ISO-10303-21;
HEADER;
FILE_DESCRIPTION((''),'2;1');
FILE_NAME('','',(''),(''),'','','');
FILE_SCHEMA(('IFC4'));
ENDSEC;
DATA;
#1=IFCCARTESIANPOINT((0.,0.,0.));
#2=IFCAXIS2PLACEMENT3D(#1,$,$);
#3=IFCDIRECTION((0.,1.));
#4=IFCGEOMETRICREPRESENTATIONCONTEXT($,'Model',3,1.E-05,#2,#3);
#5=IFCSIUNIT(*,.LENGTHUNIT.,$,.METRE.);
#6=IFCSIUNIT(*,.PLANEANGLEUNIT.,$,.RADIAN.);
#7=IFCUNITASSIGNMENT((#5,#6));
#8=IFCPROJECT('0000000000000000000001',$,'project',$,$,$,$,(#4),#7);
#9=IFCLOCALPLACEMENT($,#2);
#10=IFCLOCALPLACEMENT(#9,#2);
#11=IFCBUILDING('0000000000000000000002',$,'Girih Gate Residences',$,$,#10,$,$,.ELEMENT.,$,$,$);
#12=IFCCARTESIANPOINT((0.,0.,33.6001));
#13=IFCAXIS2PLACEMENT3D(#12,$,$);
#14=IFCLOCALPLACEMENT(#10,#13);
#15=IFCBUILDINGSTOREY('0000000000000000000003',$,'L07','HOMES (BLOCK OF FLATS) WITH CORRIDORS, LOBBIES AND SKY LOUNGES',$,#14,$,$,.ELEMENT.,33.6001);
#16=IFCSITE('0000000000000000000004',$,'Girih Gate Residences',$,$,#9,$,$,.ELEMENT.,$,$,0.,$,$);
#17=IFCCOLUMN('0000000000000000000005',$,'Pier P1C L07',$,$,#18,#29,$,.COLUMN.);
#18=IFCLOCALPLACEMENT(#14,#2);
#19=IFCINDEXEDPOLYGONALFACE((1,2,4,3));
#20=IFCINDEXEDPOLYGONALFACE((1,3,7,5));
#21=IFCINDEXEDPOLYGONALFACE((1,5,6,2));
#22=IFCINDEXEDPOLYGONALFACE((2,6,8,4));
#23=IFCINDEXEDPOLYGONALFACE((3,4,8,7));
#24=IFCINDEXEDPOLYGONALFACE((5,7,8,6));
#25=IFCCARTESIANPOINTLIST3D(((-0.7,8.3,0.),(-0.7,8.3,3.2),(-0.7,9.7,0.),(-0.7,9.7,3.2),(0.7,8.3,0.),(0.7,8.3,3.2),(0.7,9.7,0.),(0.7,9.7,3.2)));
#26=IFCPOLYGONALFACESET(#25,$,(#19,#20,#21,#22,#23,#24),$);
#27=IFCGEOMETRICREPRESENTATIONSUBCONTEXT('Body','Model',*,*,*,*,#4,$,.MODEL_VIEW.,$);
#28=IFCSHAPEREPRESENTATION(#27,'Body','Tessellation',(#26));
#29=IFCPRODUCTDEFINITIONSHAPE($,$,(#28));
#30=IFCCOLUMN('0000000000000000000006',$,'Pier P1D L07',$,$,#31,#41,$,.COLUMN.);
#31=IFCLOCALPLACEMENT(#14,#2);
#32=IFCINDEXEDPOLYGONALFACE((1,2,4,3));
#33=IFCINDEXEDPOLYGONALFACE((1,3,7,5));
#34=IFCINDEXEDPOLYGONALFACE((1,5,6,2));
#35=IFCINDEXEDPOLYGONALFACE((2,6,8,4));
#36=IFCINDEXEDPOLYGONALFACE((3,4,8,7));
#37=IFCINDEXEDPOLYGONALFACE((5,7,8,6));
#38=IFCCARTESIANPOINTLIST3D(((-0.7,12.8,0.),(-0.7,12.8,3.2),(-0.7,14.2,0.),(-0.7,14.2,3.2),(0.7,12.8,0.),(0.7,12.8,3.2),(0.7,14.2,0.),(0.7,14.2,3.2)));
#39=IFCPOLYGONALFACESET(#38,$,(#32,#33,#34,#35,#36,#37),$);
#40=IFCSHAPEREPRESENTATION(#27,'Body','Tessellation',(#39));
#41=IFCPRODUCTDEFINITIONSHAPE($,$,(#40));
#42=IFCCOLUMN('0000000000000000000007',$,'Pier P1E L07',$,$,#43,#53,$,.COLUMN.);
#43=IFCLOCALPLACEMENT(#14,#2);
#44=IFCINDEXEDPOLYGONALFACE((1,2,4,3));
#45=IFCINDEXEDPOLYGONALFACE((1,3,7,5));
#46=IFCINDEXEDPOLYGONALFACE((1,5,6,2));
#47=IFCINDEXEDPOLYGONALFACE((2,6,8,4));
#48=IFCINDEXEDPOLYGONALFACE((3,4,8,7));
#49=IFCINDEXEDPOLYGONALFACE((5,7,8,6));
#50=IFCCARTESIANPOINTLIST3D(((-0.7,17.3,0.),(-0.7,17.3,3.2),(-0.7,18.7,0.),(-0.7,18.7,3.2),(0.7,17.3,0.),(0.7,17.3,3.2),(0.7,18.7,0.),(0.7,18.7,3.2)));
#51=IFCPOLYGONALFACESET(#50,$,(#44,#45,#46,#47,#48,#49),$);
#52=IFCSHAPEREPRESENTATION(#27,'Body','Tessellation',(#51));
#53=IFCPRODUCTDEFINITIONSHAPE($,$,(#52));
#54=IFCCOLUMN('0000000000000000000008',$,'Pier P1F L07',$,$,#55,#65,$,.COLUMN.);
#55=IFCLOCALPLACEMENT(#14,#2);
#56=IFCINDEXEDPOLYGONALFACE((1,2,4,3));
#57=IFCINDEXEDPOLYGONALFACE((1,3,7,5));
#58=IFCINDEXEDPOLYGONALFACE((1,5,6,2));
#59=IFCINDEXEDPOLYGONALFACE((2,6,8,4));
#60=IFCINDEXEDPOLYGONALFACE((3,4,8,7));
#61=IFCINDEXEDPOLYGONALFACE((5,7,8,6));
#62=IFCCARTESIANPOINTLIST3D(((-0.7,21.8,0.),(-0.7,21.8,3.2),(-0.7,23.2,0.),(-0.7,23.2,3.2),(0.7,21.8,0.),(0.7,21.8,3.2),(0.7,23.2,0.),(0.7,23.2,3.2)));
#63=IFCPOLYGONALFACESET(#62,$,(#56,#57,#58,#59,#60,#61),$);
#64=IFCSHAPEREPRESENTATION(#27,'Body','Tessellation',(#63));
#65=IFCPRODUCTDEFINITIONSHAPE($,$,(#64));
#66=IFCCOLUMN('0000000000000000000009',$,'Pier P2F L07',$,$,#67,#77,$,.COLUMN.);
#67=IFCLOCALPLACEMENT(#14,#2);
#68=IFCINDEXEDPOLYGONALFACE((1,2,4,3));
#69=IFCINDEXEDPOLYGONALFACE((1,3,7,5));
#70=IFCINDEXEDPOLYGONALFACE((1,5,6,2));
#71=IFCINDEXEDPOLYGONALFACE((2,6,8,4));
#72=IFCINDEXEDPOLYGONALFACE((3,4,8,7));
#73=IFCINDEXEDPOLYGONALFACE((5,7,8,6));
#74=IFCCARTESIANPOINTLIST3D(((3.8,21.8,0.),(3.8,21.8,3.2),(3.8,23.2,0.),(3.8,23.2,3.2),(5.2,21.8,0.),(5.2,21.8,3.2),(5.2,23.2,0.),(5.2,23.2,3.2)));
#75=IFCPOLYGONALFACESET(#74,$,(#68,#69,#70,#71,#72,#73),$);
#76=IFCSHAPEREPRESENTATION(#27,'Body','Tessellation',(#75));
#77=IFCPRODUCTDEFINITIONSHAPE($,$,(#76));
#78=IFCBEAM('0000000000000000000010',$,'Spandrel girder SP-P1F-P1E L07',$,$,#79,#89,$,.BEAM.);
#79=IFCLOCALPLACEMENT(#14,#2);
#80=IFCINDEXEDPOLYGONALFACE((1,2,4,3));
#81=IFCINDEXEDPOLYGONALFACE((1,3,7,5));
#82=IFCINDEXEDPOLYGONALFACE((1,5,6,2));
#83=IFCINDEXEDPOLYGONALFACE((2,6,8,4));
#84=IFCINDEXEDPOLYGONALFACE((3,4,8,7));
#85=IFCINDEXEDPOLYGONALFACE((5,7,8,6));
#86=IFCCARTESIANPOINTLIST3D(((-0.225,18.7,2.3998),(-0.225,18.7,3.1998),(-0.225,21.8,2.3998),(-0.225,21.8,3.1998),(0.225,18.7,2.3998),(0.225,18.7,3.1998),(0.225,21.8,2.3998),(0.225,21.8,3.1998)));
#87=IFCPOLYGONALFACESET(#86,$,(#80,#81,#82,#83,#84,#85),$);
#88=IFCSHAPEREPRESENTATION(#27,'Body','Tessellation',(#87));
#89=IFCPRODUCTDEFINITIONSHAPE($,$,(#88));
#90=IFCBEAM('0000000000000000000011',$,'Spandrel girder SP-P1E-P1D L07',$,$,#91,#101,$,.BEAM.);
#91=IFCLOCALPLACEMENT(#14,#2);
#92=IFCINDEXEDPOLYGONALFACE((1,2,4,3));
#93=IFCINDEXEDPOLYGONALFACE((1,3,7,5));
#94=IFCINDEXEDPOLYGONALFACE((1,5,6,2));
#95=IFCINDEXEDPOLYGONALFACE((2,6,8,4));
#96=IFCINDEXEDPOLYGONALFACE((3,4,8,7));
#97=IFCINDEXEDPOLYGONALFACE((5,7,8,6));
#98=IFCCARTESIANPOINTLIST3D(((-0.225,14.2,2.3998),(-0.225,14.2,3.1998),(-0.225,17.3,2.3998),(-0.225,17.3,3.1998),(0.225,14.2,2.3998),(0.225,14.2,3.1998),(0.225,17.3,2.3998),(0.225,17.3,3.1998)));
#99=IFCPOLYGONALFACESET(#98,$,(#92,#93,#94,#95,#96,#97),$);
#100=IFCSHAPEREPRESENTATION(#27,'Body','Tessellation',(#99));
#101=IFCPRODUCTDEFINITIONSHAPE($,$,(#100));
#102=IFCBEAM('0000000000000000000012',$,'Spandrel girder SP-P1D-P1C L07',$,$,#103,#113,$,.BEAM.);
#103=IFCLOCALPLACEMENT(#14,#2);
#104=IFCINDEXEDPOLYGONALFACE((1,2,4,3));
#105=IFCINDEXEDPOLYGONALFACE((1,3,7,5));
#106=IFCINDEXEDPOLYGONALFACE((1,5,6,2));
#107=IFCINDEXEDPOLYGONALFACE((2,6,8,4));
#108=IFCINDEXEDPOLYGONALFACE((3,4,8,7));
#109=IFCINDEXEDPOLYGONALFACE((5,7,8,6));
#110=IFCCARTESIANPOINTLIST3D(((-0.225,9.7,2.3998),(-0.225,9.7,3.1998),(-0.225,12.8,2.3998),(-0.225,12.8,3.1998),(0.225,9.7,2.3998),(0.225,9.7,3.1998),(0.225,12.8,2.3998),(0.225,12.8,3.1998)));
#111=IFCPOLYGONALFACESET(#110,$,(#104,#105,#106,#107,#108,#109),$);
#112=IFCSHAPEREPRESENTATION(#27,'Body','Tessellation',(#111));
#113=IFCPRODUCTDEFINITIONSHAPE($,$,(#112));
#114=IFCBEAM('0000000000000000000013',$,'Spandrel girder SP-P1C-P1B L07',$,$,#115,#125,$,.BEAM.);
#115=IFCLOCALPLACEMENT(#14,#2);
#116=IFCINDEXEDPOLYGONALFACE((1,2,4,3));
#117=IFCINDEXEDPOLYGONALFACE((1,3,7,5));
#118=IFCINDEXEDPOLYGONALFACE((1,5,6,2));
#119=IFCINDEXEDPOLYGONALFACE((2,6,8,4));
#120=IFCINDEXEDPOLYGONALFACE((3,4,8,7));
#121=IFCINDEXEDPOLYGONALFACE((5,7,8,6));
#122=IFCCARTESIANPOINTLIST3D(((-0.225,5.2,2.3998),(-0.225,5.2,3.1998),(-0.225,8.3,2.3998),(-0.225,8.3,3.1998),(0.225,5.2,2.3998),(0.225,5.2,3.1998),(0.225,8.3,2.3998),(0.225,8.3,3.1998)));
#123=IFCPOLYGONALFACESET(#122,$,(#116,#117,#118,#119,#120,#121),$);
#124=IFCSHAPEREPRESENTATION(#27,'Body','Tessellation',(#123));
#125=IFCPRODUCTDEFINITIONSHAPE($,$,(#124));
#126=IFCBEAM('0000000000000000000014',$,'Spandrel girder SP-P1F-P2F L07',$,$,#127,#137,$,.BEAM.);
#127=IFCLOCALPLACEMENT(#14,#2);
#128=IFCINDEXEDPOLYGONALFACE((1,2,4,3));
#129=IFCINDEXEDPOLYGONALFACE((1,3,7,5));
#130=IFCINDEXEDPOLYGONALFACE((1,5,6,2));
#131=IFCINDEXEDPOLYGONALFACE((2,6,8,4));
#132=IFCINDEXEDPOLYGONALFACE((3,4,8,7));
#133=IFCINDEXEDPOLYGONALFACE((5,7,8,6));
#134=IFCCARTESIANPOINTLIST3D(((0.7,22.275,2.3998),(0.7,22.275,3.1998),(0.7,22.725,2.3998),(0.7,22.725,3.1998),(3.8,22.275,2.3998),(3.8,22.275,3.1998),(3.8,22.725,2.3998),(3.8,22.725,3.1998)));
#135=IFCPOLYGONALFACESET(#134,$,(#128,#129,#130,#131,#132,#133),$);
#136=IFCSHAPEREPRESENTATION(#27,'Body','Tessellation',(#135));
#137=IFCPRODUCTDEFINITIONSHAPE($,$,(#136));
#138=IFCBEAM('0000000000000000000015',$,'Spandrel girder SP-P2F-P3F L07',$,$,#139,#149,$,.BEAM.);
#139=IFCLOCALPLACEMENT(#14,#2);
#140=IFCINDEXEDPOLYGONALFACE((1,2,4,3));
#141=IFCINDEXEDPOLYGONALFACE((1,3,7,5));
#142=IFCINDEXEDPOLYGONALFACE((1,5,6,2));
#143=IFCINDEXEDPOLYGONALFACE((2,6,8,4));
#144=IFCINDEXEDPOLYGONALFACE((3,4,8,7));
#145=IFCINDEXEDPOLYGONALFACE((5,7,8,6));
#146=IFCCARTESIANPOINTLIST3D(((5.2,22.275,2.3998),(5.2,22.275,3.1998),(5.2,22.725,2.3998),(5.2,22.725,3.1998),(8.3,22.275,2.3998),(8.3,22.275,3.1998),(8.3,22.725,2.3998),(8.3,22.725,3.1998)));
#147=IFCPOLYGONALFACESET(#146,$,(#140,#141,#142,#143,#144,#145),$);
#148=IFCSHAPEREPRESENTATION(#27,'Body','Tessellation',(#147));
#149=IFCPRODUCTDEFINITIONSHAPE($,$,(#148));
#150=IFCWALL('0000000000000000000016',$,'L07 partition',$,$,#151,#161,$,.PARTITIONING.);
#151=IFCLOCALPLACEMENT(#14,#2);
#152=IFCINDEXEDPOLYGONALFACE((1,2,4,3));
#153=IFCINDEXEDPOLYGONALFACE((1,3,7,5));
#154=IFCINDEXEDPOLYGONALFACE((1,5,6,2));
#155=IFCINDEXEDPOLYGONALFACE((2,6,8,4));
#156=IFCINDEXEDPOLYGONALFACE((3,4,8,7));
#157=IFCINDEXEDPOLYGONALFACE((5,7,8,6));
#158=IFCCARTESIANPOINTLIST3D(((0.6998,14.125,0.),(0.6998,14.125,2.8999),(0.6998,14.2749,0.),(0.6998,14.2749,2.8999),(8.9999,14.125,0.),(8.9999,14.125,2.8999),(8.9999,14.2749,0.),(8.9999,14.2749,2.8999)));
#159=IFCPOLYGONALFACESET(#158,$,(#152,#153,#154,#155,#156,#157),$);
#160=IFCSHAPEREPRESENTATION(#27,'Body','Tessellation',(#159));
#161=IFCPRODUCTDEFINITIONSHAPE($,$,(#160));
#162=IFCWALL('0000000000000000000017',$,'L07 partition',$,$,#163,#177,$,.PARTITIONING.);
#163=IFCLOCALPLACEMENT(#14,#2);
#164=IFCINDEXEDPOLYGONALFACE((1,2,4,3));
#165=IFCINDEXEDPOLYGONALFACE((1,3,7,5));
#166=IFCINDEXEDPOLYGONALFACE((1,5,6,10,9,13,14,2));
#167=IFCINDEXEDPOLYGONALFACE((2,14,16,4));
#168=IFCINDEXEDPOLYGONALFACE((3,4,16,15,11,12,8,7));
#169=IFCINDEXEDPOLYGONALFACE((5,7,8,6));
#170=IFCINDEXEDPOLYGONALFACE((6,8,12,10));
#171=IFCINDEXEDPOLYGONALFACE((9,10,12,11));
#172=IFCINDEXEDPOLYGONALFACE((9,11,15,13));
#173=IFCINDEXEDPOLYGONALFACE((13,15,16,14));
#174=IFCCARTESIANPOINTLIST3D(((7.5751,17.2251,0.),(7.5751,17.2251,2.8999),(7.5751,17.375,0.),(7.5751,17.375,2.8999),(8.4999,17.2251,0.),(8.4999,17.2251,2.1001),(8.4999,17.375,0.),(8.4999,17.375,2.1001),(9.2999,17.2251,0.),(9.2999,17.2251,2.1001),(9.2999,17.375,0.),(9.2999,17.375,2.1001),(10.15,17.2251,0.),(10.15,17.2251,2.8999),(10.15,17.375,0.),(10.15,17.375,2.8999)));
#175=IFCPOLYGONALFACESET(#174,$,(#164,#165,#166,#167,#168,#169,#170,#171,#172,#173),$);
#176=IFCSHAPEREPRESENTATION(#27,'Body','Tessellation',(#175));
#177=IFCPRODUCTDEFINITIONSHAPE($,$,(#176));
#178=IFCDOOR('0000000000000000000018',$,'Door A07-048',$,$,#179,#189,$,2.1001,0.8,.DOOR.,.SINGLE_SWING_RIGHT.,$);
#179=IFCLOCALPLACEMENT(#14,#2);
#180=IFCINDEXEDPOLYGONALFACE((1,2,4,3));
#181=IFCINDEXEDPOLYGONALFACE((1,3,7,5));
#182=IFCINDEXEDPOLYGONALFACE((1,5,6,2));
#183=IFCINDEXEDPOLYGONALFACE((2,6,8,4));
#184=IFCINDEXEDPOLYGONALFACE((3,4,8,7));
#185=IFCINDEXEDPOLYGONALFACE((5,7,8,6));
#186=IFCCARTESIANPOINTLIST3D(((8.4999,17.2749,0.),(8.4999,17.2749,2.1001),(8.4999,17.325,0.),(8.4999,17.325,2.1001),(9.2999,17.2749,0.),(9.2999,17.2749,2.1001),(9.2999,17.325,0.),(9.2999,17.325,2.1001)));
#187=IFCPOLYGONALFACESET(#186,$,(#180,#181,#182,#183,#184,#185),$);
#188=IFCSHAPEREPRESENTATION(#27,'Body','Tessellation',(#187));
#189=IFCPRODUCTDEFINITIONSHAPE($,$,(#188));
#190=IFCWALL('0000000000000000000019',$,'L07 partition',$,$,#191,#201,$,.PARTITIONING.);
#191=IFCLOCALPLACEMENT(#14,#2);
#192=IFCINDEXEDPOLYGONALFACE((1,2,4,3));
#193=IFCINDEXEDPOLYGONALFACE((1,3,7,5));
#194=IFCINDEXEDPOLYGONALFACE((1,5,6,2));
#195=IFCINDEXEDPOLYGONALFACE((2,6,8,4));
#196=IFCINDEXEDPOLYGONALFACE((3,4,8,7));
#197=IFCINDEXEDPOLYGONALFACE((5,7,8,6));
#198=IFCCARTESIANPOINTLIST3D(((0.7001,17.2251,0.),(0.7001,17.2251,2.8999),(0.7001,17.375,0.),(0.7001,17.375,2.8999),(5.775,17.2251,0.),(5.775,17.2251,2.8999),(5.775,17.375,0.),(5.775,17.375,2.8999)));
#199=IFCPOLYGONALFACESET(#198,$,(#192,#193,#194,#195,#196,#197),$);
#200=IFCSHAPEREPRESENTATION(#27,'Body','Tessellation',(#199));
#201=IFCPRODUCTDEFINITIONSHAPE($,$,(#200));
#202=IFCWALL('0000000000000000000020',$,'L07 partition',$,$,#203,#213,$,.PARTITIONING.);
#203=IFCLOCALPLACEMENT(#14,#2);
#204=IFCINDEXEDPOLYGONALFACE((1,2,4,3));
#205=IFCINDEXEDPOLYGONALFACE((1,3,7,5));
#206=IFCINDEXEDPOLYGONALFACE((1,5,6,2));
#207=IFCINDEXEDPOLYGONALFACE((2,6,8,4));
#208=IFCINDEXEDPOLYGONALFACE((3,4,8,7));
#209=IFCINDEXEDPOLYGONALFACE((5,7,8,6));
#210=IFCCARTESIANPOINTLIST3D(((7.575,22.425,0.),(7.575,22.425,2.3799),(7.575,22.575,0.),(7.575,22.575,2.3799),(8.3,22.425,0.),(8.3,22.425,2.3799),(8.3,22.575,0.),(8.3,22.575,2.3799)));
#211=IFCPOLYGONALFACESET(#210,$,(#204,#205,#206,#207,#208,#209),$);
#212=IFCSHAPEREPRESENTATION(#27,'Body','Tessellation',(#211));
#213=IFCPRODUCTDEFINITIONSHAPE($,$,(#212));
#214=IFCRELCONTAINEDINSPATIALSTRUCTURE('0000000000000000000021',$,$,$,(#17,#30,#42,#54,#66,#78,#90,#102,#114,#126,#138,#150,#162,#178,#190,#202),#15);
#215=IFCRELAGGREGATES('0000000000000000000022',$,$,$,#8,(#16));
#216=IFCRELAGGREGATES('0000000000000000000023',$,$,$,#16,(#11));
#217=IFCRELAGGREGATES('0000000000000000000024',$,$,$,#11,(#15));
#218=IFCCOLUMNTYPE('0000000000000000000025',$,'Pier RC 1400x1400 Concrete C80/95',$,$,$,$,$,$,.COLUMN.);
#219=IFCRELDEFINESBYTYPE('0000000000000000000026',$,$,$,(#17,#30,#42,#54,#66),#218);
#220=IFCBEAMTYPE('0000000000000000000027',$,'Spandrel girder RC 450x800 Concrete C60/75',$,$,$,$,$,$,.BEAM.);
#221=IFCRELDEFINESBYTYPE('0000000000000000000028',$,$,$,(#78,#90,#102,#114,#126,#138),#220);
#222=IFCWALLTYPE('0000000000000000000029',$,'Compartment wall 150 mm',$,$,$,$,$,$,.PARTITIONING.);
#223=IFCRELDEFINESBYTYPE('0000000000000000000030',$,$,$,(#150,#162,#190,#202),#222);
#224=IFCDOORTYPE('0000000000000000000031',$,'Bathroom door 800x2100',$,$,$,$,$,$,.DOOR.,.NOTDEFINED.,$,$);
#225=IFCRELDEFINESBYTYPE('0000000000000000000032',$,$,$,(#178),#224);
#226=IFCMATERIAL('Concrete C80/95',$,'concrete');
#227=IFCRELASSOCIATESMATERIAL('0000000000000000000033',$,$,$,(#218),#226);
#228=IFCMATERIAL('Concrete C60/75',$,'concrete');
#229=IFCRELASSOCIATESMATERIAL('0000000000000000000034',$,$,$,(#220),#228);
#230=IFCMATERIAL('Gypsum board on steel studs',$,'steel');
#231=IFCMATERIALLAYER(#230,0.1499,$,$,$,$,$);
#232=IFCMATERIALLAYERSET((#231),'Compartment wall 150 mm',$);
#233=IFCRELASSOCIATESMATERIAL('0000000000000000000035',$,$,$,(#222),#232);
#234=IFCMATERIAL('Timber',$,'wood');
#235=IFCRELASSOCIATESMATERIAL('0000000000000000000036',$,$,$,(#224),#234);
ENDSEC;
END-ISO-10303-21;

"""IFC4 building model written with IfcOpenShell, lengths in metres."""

from ifc_helpers import new_model, si_unit, direction, frame, frame_2d, origin, origin_2d, place, context, subcontext, project, spatial, rectangle, extrude, material, layer, layer_set, material_profile, profile_set, type_object, element, fill, save


model = new_model("IFC4")

# Units and contexts
model_context = context("Model", 3, precision=1e-05, world=origin(), true_north=direction((0.0, 1.0)))
body_context = subcontext(model_context, "Body", "Model", "MODEL_VIEW")
ifc_project = project(units=[si_unit("LENGTHUNIT", "METRE"), si_unit("PLANEANGLEUNIT", "RADIAN")], contexts=[model_context])

# Site, building, storey
site_placement = place(None, origin())
site = spatial("IfcSite", under=ifc_project, at=site_placement, Name="Girih Gate Residences", CompositionType="ELEMENT", RefElevation=0.0)
building_placement = place(site_placement, origin())
building = spatial("IfcBuilding", under=site, at=building_placement, Name="Girih Gate Residences", CompositionType="ELEMENT")
storey_placement = place(building_placement, frame((0.0, 0.0, 33.6001)))
storey = spatial("IfcBuildingStorey", under=building, at=storey_placement, Name="L07", Description="HOMES (BLOCK OF FLATS) WITH CORRIDORS, LOBBIES AND SKY LOUNGES", CompositionType="ELEMENT", Elevation=33.6001)

# Columns
ifc_material_1 = material(Name="Concrete C80/95", Category="concrete")
ifc_material_profile_1 = material_profile(ifc_material_1, rectangle(XDim=1.3999, YDim=1.3999, at=origin_2d()))
ifc_profile_set_1 = profile_set([ifc_material_profile_1], Name="Concrete C80/95")
column_type = type_object("IfcColumnType", Name="Pier RC 1400x1400 Concrete C80/95", PredefinedType="COLUMN", material=ifc_profile_set_1)
for number, where, z_axis, x_axis, name in (
    (1, (0.0, 9.0, 0.0), (0.0, 0.0, 1.0), (1.0, 0.0, 0.0), "Pier P1C L07"),
    (2, (0.0, 13.5, 0.0), (0.0, 0.0, 1.0), (1.0, 0.0, 0.0), "Pier P1D L07"),
    (3, (0.0, 18.0, 0.0), (0.0, 0.0, 1.0), (1.0, 0.0, 0.0), "Pier P1E L07"),
    (4, (0.0, 22.5, 0.0), (0.0, 0.0, 1.0), (1.0, 0.0, 0.0), "Pier P1F L07"),
    (5, (4.5, 22.5, 0.0), (0.0, 0.0, 1.0), (1.0, 0.0, 0.0), "Pier P2F L07"),
):
    element("IfcColumn", number, at=place(storey_placement, frame(where, z_axis=z_axis, x_axis=x_axis)), inside=storey, type_object=column_type, Name=name, PredefinedType="COLUMN", context=body_context, shape_type="SweptSolid", body=[
        extrude(rectangle(XDim=1.3999, YDim=1.3999, at=origin_2d()), origin(), (0.0, 0.0, 1.0), 3.2),
    ])

# Beams
ifc_material_2 = material(Name="Concrete C60/75", Category="concrete")
ifc_material_profile_2 = material_profile(ifc_material_2, rectangle(XDim=0.45, YDim=0.8, at=origin_2d()))
ifc_profile_set_2 = profile_set([ifc_material_profile_2], Name="Concrete C60/75")
beam_type = type_object("IfcBeamType", Name="Spandrel girder RC 450x800 Concrete C60/75", PredefinedType="BEAM", material=ifc_profile_set_2)
for number, where, z_axis, x_axis, name in (
    (6, (0.0, 21.8, 2.7998), (0.0, -1.0, 0.0), (1.0, 0.0, 0.0), "Spandrel girder SP-P1F-P1E L07"),
    (7, (0.0, 17.3, 2.7998), (0.0, -1.0, 0.0), (1.0, 0.0, 0.0), "Spandrel girder SP-P1E-P1D L07"),
    (8, (0.0, 12.8, 2.7998), (0.0, -1.0, 0.0), (1.0, 0.0, 0.0), "Spandrel girder SP-P1D-P1C L07"),
    (9, (0.0, 8.3, 2.7998), (0.0, -1.0, 0.0), (1.0, 0.0, 0.0), "Spandrel girder SP-P1C-P1B L07"),
    (10, (0.7, 22.5, 2.7998), (1.0, 0.0, 0.0), (0.0, 1.0, 0.0), "Spandrel girder SP-P1F-P2F L07"),
    (11, (5.2, 22.5, 2.7998), (1.0, 0.0, 0.0), (0.0, 1.0, 0.0), "Spandrel girder SP-P2F-P3F L07"),
):
    element("IfcBeam", number, at=place(storey_placement, frame(where, z_axis=z_axis, x_axis=x_axis)), inside=storey, type_object=beam_type, Name=name, PredefinedType="BEAM", context=body_context, shape_type="SweptSolid", body=[
        extrude(rectangle(XDim=0.45, YDim=0.8, at=origin_2d()), origin(), (0.0, 0.0, 1.0), 3.1001),
    ])

# Wall
ifc_material_3 = material(Name="Gypsum board on steel studs", Category="steel")
ifc_layer_1 = layer(ifc_material_3, 0.1499)
ifc_layer_set_1 = layer_set([ifc_layer_1], Name="Compartment wall 150 mm")
wall_type_1 = type_object("IfcWallType", Name="Compartment wall 150 mm", PredefinedType="PARTITIONING", material=ifc_layer_set_1)
wall_1_placement = place(storey_placement, frame((0.7, 14.2, 0.0), z_axis=(0.0, 0.0, 1.0), x_axis=(1.0, 0.0, 0.0)))
element("IfcWall", 12, at=wall_1_placement, inside=storey, type_object=wall_type_1, Name="L07 partition", PredefinedType="PARTITIONING", context=body_context, shape_type="SweptSolid", body=[
    extrude(rectangle(XDim=8.3, YDim=0.1499, at=frame_2d((4.1499, 0.0))), origin(), (0.0, 0.0, 1.0), 2.8999),
])

# Wall, opening, door
wall_2_placement = place(storey_placement, frame((7.575, 17.3, 0.0), z_axis=(0.0, 0.0, 1.0), x_axis=(1.0, 0.0, 0.0)))
wall_2 = element("IfcWall", 13, at=wall_2_placement, inside=storey, type_object=wall_type_1, Name="L07 partition", PredefinedType="PARTITIONING", context=body_context, shape_type="SweptSolid", body=[
    extrude(rectangle(XDim=2.575, YDim=0.1499, at=frame_2d((1.2876, 0.0))), origin(), (0.0, 0.0, 1.0), 2.8999),
])
opening_1_placement = place(wall_2_placement, frame((0.925, 0.0, 0.0)))
opening_1 = element("IfcOpeningElement", 14, at=opening_1_placement, cuts=wall_2, PredefinedType="OPENING", context=body_context, shape_type="SweptSolid", body=[
    extrude(rectangle(XDim=0.8, YDim=2.1001, at=frame_2d((0.3999, 1.05))), frame((0.0, 0.085, 0.0), z_axis=(0.0, -1.0, 0.0), x_axis=(1.0, 0.0, 0.0)), (0.0, 0.0, 1.0), 0.1699),
])
ifc_material_4 = material(Name="Timber", Category="wood")
door_type_1 = type_object("IfcDoorType", Name="Bathroom door 800x2100", OperationType="NOTDEFINED", PredefinedType="DOOR", material=ifc_material_4)
door_1_placement = place(opening_1_placement, origin())
door_1 = element("IfcDoor", 15, at=door_1_placement, inside=storey, type_object=door_type_1, Name="Door A07-048", OperationType="SINGLE_SWING_RIGHT", OverallHeight=2.1001, OverallWidth=0.8, PredefinedType="DOOR", context=body_context, shape_type="SweptSolid", body=[
    extrude(rectangle(XDim=0.8, YDim=2.1001, at=frame_2d((0.3999, 1.05))), frame((0.0, 0.0249, 0.0), z_axis=(0.0, -1.0, 0.0), x_axis=(1.0, 0.0, 0.0)), (0.0, 0.0, 1.0), 0.05),
])
fill(opening_1, door_1)

# Walls
wall_3_placement = place(storey_placement, frame((0.7, 17.3, 0.0), z_axis=(0.0, 0.0, 1.0), x_axis=(1.0, 0.0, 0.0)))
element("IfcWall", 16, at=wall_3_placement, inside=storey, type_object=wall_type_1, Name="L07 partition", PredefinedType="PARTITIONING", context=body_context, shape_type="SweptSolid", body=[
    extrude(rectangle(XDim=5.075, YDim=0.1499, at=frame_2d((2.5376, 0.0))), origin(), (0.0, 0.0, 1.0), 2.8999),
])
wall_4_placement = place(storey_placement, frame((7.575, 22.5, 0.0), z_axis=(0.0, 0.0, 1.0), x_axis=(1.0, 0.0, 0.0)))
element("IfcWall", 17, at=wall_4_placement, inside=storey, type_object=wall_type_1, Name="L07 partition", PredefinedType="PARTITIONING", context=body_context, shape_type="SweptSolid", body=[
    extrude(rectangle(XDim=0.7251, YDim=0.1499, at=frame_2d((0.3625, 0.0))), origin(), (0.0, 0.0, 1.0), 2.3799),
])

save(model, "model.ifc")
